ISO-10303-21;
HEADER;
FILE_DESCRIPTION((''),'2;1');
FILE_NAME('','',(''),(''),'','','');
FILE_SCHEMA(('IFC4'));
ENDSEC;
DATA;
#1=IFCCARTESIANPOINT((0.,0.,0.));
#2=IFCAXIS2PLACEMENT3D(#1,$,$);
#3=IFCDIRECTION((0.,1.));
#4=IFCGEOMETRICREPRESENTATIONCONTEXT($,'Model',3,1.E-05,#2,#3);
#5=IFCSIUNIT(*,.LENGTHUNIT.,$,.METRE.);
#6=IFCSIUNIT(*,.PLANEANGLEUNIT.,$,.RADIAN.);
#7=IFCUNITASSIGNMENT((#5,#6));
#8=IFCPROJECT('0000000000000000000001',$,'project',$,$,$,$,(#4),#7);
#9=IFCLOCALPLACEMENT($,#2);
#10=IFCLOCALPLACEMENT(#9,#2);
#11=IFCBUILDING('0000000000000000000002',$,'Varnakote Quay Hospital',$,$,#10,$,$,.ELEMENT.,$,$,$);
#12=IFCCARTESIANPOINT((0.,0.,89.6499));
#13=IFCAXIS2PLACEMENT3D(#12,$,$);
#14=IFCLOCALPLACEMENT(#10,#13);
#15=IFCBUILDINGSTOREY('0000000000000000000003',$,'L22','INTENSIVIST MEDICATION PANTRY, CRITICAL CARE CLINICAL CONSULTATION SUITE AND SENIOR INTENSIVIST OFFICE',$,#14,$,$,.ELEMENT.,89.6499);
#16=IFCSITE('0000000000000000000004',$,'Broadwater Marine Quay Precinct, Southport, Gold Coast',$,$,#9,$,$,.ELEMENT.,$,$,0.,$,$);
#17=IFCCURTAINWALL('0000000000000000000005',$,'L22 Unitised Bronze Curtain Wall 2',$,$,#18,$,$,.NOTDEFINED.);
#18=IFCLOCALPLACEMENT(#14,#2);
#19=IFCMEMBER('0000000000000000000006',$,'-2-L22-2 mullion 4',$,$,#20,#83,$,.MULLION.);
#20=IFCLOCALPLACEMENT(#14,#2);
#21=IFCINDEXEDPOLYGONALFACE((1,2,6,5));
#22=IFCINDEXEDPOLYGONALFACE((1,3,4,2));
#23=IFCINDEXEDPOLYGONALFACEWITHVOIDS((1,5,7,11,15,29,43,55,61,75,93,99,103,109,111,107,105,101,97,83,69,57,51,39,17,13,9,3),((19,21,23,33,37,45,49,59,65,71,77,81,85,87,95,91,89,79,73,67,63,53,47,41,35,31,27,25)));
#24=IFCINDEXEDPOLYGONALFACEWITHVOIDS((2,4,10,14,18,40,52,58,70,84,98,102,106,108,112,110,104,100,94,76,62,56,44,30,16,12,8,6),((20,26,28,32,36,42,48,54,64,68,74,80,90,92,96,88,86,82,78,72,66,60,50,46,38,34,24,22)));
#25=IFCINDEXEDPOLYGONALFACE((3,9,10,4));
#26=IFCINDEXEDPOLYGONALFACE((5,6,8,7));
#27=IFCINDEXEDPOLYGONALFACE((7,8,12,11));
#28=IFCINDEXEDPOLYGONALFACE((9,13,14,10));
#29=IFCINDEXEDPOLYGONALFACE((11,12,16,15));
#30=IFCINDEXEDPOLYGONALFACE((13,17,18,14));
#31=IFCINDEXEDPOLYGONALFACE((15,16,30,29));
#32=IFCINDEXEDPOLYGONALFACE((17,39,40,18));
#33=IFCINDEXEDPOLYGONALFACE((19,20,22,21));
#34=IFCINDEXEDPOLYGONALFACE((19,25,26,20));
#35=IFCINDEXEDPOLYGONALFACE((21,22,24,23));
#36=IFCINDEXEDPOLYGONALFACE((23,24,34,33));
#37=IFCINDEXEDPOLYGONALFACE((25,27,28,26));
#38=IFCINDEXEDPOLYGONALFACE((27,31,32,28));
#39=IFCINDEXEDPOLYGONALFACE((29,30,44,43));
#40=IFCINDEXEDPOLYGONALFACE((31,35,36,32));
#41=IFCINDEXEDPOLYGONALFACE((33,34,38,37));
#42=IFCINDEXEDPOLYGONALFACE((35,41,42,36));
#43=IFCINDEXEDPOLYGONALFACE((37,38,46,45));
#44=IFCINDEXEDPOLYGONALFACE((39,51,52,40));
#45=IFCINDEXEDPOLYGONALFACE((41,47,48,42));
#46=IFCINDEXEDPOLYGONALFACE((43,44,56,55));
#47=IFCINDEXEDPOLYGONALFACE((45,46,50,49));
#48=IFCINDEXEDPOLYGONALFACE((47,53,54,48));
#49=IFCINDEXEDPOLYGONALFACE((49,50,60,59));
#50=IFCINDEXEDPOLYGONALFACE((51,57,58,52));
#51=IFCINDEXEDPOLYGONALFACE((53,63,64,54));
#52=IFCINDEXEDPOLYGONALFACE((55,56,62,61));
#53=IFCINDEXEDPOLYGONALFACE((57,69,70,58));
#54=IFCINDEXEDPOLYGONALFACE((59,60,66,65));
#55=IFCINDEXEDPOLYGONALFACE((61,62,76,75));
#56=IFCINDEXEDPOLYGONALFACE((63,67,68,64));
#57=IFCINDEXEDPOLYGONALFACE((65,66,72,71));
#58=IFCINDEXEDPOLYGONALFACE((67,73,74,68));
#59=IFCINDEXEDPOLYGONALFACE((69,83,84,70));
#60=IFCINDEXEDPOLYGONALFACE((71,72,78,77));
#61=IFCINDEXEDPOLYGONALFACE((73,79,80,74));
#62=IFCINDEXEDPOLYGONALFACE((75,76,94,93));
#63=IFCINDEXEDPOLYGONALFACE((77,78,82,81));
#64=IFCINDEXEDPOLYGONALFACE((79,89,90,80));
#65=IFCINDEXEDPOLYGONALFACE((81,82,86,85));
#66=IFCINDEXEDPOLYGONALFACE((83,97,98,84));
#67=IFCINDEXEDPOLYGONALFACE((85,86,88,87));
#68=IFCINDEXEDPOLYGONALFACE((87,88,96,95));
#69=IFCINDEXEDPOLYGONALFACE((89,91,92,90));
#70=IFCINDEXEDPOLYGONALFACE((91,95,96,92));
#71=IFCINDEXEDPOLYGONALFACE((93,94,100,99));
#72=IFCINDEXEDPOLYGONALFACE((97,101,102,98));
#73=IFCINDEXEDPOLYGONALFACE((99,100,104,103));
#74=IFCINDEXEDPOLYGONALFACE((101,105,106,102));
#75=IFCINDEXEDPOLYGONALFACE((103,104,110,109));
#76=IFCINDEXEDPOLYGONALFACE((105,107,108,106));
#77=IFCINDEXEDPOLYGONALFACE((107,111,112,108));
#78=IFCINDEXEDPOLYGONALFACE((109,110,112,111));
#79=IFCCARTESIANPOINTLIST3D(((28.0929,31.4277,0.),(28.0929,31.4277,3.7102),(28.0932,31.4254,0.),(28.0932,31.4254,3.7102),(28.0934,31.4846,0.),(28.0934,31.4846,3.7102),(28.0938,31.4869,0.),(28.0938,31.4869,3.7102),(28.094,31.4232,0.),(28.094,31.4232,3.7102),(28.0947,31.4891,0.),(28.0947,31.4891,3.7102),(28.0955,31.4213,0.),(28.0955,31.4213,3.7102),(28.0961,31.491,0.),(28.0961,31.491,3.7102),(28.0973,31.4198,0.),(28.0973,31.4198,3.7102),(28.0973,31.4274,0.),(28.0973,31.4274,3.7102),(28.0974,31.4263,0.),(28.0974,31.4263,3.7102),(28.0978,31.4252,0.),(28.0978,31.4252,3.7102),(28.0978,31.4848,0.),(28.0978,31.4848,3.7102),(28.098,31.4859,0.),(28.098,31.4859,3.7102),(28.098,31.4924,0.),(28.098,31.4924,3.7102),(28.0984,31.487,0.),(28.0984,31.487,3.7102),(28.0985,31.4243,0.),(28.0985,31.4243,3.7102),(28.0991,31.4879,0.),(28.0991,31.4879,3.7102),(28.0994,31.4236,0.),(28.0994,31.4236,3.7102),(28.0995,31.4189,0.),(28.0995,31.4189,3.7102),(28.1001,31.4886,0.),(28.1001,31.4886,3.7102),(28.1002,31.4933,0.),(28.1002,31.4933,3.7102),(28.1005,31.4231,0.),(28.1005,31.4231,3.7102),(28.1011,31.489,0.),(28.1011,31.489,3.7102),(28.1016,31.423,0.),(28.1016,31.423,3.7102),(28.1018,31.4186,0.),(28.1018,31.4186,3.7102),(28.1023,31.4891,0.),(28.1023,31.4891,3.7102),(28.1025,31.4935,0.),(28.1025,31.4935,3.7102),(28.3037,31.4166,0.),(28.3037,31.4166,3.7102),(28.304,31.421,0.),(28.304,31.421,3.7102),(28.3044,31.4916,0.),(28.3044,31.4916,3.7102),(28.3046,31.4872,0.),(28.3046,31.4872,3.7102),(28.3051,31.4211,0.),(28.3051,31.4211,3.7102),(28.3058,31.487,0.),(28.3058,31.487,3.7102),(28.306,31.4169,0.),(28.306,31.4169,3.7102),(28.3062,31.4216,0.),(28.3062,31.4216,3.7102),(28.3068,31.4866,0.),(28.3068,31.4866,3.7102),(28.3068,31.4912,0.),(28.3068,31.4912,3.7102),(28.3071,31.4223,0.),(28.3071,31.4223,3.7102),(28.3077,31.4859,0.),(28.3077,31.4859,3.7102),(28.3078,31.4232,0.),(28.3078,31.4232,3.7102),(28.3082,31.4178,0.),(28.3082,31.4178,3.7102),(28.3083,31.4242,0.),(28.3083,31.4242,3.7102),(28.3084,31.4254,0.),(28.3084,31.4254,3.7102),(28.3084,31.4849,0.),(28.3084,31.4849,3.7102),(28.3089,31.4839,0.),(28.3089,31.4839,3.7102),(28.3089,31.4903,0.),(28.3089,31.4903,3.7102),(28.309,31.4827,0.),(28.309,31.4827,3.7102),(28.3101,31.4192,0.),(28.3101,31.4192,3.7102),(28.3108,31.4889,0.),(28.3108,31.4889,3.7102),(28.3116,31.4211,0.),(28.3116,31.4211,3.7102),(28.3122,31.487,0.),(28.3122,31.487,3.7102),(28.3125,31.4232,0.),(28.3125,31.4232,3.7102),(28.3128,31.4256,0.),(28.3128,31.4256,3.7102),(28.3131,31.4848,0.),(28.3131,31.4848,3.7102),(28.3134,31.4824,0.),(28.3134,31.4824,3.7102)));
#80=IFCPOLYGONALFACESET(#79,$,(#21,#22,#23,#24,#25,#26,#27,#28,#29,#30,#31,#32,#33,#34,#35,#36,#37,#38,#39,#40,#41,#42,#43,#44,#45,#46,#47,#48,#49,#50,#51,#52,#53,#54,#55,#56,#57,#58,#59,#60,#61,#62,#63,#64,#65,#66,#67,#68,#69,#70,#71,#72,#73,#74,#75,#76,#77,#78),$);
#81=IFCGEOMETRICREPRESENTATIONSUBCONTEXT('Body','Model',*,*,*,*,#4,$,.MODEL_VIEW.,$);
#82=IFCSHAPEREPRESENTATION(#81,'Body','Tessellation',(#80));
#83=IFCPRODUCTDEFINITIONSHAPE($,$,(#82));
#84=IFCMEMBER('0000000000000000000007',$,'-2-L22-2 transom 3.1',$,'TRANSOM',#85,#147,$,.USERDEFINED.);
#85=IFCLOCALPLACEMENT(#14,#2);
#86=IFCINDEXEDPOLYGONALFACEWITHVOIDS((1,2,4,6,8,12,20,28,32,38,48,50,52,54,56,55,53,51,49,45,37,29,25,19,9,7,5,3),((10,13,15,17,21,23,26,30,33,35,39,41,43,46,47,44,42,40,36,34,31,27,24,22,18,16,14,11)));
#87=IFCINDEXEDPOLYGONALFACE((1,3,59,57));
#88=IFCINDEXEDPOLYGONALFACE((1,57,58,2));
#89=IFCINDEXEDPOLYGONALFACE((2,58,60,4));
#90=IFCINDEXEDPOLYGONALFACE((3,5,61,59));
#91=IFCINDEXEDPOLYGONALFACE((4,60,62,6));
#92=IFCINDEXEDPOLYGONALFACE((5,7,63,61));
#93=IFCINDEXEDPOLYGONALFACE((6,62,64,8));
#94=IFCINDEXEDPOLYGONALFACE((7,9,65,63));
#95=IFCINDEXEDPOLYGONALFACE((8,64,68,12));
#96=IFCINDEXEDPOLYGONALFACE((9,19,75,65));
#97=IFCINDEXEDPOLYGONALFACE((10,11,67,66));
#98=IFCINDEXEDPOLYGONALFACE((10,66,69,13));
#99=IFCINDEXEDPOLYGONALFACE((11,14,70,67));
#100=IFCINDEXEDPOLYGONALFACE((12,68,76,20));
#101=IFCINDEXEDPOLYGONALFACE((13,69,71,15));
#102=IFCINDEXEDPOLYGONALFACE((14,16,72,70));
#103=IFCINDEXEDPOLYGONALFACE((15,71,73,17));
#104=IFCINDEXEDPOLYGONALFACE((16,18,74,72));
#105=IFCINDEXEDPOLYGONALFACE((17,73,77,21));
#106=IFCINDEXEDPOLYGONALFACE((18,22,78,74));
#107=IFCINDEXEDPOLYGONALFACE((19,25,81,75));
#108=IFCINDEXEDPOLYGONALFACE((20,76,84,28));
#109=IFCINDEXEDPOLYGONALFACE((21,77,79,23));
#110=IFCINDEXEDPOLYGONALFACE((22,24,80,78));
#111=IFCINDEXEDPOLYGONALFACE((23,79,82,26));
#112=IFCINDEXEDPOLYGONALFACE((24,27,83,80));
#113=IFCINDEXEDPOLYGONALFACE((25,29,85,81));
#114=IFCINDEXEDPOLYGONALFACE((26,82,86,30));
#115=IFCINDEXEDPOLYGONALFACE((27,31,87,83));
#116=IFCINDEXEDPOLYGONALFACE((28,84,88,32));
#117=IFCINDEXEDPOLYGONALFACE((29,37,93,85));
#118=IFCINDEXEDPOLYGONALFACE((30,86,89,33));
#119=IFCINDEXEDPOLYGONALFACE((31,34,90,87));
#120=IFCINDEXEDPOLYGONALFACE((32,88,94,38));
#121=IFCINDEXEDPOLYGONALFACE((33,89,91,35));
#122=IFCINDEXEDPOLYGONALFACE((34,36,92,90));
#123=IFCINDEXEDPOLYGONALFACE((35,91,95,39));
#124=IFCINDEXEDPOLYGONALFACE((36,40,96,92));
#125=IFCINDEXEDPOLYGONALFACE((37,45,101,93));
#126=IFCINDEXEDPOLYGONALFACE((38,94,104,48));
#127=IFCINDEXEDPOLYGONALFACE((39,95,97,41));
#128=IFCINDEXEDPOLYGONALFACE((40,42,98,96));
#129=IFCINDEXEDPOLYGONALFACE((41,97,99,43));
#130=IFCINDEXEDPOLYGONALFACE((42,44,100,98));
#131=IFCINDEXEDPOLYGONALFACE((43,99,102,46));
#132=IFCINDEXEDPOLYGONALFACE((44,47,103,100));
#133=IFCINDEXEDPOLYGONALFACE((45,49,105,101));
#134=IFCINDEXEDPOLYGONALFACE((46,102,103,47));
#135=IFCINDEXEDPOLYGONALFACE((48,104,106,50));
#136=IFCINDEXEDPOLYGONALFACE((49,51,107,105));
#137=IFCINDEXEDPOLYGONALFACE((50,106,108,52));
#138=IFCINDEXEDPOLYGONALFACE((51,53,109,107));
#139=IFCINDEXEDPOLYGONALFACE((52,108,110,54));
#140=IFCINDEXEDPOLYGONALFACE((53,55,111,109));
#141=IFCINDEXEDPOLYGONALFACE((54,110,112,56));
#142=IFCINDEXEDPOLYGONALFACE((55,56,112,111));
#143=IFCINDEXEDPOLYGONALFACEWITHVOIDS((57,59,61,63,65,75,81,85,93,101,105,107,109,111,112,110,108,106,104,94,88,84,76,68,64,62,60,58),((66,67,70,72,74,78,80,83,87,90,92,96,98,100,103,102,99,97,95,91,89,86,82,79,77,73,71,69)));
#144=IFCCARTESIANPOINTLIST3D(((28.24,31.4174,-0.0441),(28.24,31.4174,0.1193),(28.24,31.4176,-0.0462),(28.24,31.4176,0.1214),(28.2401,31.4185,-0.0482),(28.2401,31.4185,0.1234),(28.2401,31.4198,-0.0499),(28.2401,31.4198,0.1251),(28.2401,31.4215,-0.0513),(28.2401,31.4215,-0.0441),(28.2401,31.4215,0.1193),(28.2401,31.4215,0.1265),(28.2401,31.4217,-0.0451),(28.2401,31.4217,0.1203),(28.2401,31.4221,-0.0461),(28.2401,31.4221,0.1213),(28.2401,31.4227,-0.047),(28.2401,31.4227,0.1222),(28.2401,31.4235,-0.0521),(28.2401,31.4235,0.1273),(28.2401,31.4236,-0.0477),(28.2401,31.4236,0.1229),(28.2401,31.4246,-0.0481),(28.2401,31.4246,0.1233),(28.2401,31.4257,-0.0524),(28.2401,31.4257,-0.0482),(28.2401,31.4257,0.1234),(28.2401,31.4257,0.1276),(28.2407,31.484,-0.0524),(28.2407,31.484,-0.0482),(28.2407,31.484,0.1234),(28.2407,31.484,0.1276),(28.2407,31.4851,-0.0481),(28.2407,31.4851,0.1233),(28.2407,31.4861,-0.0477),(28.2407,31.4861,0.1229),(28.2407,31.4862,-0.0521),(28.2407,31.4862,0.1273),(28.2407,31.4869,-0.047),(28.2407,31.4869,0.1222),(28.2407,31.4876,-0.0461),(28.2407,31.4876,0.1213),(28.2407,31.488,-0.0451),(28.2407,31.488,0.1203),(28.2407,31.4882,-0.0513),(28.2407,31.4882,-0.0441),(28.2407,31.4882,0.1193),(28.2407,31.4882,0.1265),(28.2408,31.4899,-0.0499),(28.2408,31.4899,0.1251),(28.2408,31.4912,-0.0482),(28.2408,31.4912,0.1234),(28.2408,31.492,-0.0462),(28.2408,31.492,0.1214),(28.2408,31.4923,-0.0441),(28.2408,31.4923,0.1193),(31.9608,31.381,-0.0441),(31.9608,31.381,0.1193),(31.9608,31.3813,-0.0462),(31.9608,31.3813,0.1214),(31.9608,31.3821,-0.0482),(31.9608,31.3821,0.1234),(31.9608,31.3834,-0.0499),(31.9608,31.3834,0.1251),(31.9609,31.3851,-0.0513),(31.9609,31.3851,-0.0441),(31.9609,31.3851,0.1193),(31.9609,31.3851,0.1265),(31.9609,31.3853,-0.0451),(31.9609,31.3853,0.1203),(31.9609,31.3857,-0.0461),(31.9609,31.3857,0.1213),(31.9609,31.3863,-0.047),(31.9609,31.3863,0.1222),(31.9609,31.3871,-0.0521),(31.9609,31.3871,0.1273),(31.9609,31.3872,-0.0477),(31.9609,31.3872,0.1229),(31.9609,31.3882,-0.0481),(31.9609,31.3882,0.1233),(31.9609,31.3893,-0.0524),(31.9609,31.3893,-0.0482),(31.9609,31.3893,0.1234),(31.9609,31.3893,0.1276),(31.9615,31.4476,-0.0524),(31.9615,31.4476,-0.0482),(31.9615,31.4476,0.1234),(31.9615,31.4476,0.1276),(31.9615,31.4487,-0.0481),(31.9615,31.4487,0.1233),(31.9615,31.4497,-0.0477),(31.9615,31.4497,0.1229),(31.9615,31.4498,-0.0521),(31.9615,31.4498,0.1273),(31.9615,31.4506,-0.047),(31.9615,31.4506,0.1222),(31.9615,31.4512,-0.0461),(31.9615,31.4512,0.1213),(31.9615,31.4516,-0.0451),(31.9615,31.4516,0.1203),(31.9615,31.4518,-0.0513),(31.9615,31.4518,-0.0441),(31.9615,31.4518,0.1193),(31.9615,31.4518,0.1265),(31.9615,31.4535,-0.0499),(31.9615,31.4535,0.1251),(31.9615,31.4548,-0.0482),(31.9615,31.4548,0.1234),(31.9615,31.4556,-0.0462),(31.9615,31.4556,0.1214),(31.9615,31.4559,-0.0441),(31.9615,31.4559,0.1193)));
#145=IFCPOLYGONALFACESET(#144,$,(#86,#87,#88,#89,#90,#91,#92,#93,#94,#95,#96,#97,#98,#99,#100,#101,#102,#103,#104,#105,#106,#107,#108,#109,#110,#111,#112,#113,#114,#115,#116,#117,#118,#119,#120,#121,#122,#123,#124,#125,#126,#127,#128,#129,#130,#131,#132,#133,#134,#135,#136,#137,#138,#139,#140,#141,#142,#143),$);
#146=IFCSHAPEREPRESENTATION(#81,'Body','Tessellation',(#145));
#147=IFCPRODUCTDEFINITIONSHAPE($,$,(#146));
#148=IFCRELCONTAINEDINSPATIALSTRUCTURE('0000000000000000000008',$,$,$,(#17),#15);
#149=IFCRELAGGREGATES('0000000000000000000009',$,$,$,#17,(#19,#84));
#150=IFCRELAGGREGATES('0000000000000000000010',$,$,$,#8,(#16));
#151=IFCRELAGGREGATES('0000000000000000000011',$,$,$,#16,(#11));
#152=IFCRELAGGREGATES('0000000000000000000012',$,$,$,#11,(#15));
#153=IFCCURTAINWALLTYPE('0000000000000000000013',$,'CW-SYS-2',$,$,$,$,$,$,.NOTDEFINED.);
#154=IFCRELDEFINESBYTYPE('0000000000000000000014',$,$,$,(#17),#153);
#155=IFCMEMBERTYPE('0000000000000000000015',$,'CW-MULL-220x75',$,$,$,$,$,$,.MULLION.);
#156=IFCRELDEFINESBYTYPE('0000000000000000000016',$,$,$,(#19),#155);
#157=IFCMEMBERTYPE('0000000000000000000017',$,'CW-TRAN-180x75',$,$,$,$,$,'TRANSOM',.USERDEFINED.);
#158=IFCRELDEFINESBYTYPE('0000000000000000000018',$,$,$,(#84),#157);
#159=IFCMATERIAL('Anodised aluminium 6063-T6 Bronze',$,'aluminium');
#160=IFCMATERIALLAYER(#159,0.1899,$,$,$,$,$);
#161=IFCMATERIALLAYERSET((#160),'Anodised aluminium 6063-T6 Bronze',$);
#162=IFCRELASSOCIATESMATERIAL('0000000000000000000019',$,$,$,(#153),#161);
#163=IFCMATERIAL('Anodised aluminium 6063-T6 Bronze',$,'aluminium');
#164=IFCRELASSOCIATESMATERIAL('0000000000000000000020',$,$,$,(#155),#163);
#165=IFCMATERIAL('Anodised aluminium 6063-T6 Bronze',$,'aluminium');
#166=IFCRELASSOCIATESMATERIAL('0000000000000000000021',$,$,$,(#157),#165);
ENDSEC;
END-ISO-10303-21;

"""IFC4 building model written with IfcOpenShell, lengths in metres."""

from ifc_helpers import new_model, si_unit, direction, frame, origin, origin_2d, place, context, subcontext, project, spatial, hollow_rectangle, extrude, material, layer, layer_set, material_profile, profile_set, type_object, element, aggregate, save


model = new_model("IFC4")

# Units and contexts
model_context = context("Model", 3, precision=1e-05, world=origin(), true_north=direction((0.0, 1.0)))
body_context = subcontext(model_context, "Body", "Model", "MODEL_VIEW")
ifc_project = project(units=[si_unit("LENGTHUNIT", "METRE"), si_unit("PLANEANGLEUNIT", "RADIAN")], contexts=[model_context])

# Site, building, storey
site_placement = place(None, origin())
site = spatial("IfcSite", under=ifc_project, at=site_placement, Name="Broadwater Marine Quay Precinct, Southport, Gold Coast", CompositionType="ELEMENT", RefElevation=0.0)
building_placement = place(site_placement, origin())
building = spatial("IfcBuilding", under=site, at=building_placement, Name="Varnakote Quay Hospital", CompositionType="ELEMENT")
storey_placement = place(building_placement, frame((0.0, 0.0, 89.6499)))
storey = spatial("IfcBuildingStorey", under=building, at=storey_placement, Name="L22", Description="INTENSIVIST MEDICATION PANTRY, CRITICAL CARE CLINICAL CONSULTATION SUITE AND SENIOR INTENSIVIST OFFICE", CompositionType="ELEMENT", Elevation=89.6499)

# Curtain wall, members
ifc_material_1 = material(Name="Anodised aluminium 6063-T6 Bronze", Category="aluminium")
ifc_layer_1 = layer(ifc_material_1, 0.1899)
ifc_layer_set_1 = layer_set([ifc_layer_1], Name="Anodised aluminium 6063-T6 Bronze")
curtain_wall_type = type_object("IfcCurtainWallType", Name="CW-SYS-2", PredefinedType="NOTDEFINED", material=ifc_layer_set_1)
curtain_wall_placement = place(storey_placement, origin())
curtain_wall = element("IfcCurtainWall", 1, at=curtain_wall_placement, inside=storey, type_object=curtain_wall_type, Name="L22 Unitised Bronze Curtain Wall 2", PredefinedType="NOTDEFINED")
ifc_material_2 = material(Name="Anodised aluminium 6063-T6 Bronze", Category="aluminium")
ifc_material_profile_1 = material_profile(ifc_material_2, hollow_rectangle(XDim=0.075, YDim=0.22, WallThickness=0.0044, InnerFilletRadius=0.0044, OuterFilletRadius=0.009, at=origin_2d()), Name="CW-MULL-220x75")
ifc_profile_set_1 = profile_set([ifc_material_profile_1], Name="Anodised aluminium 6063-T6 Bronze")
member_type_1 = type_object("IfcMemberType", Name="CW-MULL-220x75", PredefinedType="MULLION", material=ifc_profile_set_1)
member_1_placement = place(storey_placement, frame((28.2031, 31.4551, 0.0), z_axis=(0.0, 0.0, 1.0), x_axis=(-0.009774, -0.999952, 0.0)))
member_1 = element("IfcMember", 2, at=member_1_placement, type_object=member_type_1, Name="-2-L22-2 mullion 4", PredefinedType="MULLION", context=body_context, shape_type="SweptSolid", body=[
    extrude(hollow_rectangle(XDim=0.075, YDim=0.22, WallThickness=0.0044, InnerFilletRadius=0.0044, OuterFilletRadius=0.009, at=origin_2d()), origin(), (0.0, 0.0, 1.0), 3.7102),
])
ifc_material_3 = material(Name="Anodised aluminium 6063-T6 Bronze", Category="aluminium")
ifc_material_profile_2 = material_profile(ifc_material_3, hollow_rectangle(XDim=0.075, YDim=0.1799, WallThickness=0.0042, InnerFilletRadius=0.0042, OuterFilletRadius=0.0083, at=origin_2d()), Name="CW-TRAN-180x75")
ifc_profile_set_2 = profile_set([ifc_material_profile_2], Name="Anodised aluminium 6063-T6 Bronze")
member_type_2 = type_object("IfcMemberType", Name="CW-TRAN-180x75", ElementType="TRANSOM", PredefinedType="USERDEFINED", material=ifc_profile_set_2)
member_2_placement = place(storey_placement, frame((31.9612, 31.4185, 0.0376), z_axis=(-0.999952, 0.009776, 0.0), x_axis=(-0.009776, -0.999952, 0.0)))
member_2 = element("IfcMember", 3, at=member_2_placement, type_object=member_type_2, Name="-2-L22-2 transom 3.1", ObjectType="TRANSOM", PredefinedType="USERDEFINED", context=body_context, shape_type="SweptSolid", body=[
    extrude(hollow_rectangle(XDim=0.075, YDim=0.1799, WallThickness=0.0042, InnerFilletRadius=0.0042, OuterFilletRadius=0.0083, at=origin_2d()), origin(), (0.0, 0.0, 1.0), 3.7209),
])

aggregate(curtain_wall, [member_1, member_2])

save(model, "model.ifc")
